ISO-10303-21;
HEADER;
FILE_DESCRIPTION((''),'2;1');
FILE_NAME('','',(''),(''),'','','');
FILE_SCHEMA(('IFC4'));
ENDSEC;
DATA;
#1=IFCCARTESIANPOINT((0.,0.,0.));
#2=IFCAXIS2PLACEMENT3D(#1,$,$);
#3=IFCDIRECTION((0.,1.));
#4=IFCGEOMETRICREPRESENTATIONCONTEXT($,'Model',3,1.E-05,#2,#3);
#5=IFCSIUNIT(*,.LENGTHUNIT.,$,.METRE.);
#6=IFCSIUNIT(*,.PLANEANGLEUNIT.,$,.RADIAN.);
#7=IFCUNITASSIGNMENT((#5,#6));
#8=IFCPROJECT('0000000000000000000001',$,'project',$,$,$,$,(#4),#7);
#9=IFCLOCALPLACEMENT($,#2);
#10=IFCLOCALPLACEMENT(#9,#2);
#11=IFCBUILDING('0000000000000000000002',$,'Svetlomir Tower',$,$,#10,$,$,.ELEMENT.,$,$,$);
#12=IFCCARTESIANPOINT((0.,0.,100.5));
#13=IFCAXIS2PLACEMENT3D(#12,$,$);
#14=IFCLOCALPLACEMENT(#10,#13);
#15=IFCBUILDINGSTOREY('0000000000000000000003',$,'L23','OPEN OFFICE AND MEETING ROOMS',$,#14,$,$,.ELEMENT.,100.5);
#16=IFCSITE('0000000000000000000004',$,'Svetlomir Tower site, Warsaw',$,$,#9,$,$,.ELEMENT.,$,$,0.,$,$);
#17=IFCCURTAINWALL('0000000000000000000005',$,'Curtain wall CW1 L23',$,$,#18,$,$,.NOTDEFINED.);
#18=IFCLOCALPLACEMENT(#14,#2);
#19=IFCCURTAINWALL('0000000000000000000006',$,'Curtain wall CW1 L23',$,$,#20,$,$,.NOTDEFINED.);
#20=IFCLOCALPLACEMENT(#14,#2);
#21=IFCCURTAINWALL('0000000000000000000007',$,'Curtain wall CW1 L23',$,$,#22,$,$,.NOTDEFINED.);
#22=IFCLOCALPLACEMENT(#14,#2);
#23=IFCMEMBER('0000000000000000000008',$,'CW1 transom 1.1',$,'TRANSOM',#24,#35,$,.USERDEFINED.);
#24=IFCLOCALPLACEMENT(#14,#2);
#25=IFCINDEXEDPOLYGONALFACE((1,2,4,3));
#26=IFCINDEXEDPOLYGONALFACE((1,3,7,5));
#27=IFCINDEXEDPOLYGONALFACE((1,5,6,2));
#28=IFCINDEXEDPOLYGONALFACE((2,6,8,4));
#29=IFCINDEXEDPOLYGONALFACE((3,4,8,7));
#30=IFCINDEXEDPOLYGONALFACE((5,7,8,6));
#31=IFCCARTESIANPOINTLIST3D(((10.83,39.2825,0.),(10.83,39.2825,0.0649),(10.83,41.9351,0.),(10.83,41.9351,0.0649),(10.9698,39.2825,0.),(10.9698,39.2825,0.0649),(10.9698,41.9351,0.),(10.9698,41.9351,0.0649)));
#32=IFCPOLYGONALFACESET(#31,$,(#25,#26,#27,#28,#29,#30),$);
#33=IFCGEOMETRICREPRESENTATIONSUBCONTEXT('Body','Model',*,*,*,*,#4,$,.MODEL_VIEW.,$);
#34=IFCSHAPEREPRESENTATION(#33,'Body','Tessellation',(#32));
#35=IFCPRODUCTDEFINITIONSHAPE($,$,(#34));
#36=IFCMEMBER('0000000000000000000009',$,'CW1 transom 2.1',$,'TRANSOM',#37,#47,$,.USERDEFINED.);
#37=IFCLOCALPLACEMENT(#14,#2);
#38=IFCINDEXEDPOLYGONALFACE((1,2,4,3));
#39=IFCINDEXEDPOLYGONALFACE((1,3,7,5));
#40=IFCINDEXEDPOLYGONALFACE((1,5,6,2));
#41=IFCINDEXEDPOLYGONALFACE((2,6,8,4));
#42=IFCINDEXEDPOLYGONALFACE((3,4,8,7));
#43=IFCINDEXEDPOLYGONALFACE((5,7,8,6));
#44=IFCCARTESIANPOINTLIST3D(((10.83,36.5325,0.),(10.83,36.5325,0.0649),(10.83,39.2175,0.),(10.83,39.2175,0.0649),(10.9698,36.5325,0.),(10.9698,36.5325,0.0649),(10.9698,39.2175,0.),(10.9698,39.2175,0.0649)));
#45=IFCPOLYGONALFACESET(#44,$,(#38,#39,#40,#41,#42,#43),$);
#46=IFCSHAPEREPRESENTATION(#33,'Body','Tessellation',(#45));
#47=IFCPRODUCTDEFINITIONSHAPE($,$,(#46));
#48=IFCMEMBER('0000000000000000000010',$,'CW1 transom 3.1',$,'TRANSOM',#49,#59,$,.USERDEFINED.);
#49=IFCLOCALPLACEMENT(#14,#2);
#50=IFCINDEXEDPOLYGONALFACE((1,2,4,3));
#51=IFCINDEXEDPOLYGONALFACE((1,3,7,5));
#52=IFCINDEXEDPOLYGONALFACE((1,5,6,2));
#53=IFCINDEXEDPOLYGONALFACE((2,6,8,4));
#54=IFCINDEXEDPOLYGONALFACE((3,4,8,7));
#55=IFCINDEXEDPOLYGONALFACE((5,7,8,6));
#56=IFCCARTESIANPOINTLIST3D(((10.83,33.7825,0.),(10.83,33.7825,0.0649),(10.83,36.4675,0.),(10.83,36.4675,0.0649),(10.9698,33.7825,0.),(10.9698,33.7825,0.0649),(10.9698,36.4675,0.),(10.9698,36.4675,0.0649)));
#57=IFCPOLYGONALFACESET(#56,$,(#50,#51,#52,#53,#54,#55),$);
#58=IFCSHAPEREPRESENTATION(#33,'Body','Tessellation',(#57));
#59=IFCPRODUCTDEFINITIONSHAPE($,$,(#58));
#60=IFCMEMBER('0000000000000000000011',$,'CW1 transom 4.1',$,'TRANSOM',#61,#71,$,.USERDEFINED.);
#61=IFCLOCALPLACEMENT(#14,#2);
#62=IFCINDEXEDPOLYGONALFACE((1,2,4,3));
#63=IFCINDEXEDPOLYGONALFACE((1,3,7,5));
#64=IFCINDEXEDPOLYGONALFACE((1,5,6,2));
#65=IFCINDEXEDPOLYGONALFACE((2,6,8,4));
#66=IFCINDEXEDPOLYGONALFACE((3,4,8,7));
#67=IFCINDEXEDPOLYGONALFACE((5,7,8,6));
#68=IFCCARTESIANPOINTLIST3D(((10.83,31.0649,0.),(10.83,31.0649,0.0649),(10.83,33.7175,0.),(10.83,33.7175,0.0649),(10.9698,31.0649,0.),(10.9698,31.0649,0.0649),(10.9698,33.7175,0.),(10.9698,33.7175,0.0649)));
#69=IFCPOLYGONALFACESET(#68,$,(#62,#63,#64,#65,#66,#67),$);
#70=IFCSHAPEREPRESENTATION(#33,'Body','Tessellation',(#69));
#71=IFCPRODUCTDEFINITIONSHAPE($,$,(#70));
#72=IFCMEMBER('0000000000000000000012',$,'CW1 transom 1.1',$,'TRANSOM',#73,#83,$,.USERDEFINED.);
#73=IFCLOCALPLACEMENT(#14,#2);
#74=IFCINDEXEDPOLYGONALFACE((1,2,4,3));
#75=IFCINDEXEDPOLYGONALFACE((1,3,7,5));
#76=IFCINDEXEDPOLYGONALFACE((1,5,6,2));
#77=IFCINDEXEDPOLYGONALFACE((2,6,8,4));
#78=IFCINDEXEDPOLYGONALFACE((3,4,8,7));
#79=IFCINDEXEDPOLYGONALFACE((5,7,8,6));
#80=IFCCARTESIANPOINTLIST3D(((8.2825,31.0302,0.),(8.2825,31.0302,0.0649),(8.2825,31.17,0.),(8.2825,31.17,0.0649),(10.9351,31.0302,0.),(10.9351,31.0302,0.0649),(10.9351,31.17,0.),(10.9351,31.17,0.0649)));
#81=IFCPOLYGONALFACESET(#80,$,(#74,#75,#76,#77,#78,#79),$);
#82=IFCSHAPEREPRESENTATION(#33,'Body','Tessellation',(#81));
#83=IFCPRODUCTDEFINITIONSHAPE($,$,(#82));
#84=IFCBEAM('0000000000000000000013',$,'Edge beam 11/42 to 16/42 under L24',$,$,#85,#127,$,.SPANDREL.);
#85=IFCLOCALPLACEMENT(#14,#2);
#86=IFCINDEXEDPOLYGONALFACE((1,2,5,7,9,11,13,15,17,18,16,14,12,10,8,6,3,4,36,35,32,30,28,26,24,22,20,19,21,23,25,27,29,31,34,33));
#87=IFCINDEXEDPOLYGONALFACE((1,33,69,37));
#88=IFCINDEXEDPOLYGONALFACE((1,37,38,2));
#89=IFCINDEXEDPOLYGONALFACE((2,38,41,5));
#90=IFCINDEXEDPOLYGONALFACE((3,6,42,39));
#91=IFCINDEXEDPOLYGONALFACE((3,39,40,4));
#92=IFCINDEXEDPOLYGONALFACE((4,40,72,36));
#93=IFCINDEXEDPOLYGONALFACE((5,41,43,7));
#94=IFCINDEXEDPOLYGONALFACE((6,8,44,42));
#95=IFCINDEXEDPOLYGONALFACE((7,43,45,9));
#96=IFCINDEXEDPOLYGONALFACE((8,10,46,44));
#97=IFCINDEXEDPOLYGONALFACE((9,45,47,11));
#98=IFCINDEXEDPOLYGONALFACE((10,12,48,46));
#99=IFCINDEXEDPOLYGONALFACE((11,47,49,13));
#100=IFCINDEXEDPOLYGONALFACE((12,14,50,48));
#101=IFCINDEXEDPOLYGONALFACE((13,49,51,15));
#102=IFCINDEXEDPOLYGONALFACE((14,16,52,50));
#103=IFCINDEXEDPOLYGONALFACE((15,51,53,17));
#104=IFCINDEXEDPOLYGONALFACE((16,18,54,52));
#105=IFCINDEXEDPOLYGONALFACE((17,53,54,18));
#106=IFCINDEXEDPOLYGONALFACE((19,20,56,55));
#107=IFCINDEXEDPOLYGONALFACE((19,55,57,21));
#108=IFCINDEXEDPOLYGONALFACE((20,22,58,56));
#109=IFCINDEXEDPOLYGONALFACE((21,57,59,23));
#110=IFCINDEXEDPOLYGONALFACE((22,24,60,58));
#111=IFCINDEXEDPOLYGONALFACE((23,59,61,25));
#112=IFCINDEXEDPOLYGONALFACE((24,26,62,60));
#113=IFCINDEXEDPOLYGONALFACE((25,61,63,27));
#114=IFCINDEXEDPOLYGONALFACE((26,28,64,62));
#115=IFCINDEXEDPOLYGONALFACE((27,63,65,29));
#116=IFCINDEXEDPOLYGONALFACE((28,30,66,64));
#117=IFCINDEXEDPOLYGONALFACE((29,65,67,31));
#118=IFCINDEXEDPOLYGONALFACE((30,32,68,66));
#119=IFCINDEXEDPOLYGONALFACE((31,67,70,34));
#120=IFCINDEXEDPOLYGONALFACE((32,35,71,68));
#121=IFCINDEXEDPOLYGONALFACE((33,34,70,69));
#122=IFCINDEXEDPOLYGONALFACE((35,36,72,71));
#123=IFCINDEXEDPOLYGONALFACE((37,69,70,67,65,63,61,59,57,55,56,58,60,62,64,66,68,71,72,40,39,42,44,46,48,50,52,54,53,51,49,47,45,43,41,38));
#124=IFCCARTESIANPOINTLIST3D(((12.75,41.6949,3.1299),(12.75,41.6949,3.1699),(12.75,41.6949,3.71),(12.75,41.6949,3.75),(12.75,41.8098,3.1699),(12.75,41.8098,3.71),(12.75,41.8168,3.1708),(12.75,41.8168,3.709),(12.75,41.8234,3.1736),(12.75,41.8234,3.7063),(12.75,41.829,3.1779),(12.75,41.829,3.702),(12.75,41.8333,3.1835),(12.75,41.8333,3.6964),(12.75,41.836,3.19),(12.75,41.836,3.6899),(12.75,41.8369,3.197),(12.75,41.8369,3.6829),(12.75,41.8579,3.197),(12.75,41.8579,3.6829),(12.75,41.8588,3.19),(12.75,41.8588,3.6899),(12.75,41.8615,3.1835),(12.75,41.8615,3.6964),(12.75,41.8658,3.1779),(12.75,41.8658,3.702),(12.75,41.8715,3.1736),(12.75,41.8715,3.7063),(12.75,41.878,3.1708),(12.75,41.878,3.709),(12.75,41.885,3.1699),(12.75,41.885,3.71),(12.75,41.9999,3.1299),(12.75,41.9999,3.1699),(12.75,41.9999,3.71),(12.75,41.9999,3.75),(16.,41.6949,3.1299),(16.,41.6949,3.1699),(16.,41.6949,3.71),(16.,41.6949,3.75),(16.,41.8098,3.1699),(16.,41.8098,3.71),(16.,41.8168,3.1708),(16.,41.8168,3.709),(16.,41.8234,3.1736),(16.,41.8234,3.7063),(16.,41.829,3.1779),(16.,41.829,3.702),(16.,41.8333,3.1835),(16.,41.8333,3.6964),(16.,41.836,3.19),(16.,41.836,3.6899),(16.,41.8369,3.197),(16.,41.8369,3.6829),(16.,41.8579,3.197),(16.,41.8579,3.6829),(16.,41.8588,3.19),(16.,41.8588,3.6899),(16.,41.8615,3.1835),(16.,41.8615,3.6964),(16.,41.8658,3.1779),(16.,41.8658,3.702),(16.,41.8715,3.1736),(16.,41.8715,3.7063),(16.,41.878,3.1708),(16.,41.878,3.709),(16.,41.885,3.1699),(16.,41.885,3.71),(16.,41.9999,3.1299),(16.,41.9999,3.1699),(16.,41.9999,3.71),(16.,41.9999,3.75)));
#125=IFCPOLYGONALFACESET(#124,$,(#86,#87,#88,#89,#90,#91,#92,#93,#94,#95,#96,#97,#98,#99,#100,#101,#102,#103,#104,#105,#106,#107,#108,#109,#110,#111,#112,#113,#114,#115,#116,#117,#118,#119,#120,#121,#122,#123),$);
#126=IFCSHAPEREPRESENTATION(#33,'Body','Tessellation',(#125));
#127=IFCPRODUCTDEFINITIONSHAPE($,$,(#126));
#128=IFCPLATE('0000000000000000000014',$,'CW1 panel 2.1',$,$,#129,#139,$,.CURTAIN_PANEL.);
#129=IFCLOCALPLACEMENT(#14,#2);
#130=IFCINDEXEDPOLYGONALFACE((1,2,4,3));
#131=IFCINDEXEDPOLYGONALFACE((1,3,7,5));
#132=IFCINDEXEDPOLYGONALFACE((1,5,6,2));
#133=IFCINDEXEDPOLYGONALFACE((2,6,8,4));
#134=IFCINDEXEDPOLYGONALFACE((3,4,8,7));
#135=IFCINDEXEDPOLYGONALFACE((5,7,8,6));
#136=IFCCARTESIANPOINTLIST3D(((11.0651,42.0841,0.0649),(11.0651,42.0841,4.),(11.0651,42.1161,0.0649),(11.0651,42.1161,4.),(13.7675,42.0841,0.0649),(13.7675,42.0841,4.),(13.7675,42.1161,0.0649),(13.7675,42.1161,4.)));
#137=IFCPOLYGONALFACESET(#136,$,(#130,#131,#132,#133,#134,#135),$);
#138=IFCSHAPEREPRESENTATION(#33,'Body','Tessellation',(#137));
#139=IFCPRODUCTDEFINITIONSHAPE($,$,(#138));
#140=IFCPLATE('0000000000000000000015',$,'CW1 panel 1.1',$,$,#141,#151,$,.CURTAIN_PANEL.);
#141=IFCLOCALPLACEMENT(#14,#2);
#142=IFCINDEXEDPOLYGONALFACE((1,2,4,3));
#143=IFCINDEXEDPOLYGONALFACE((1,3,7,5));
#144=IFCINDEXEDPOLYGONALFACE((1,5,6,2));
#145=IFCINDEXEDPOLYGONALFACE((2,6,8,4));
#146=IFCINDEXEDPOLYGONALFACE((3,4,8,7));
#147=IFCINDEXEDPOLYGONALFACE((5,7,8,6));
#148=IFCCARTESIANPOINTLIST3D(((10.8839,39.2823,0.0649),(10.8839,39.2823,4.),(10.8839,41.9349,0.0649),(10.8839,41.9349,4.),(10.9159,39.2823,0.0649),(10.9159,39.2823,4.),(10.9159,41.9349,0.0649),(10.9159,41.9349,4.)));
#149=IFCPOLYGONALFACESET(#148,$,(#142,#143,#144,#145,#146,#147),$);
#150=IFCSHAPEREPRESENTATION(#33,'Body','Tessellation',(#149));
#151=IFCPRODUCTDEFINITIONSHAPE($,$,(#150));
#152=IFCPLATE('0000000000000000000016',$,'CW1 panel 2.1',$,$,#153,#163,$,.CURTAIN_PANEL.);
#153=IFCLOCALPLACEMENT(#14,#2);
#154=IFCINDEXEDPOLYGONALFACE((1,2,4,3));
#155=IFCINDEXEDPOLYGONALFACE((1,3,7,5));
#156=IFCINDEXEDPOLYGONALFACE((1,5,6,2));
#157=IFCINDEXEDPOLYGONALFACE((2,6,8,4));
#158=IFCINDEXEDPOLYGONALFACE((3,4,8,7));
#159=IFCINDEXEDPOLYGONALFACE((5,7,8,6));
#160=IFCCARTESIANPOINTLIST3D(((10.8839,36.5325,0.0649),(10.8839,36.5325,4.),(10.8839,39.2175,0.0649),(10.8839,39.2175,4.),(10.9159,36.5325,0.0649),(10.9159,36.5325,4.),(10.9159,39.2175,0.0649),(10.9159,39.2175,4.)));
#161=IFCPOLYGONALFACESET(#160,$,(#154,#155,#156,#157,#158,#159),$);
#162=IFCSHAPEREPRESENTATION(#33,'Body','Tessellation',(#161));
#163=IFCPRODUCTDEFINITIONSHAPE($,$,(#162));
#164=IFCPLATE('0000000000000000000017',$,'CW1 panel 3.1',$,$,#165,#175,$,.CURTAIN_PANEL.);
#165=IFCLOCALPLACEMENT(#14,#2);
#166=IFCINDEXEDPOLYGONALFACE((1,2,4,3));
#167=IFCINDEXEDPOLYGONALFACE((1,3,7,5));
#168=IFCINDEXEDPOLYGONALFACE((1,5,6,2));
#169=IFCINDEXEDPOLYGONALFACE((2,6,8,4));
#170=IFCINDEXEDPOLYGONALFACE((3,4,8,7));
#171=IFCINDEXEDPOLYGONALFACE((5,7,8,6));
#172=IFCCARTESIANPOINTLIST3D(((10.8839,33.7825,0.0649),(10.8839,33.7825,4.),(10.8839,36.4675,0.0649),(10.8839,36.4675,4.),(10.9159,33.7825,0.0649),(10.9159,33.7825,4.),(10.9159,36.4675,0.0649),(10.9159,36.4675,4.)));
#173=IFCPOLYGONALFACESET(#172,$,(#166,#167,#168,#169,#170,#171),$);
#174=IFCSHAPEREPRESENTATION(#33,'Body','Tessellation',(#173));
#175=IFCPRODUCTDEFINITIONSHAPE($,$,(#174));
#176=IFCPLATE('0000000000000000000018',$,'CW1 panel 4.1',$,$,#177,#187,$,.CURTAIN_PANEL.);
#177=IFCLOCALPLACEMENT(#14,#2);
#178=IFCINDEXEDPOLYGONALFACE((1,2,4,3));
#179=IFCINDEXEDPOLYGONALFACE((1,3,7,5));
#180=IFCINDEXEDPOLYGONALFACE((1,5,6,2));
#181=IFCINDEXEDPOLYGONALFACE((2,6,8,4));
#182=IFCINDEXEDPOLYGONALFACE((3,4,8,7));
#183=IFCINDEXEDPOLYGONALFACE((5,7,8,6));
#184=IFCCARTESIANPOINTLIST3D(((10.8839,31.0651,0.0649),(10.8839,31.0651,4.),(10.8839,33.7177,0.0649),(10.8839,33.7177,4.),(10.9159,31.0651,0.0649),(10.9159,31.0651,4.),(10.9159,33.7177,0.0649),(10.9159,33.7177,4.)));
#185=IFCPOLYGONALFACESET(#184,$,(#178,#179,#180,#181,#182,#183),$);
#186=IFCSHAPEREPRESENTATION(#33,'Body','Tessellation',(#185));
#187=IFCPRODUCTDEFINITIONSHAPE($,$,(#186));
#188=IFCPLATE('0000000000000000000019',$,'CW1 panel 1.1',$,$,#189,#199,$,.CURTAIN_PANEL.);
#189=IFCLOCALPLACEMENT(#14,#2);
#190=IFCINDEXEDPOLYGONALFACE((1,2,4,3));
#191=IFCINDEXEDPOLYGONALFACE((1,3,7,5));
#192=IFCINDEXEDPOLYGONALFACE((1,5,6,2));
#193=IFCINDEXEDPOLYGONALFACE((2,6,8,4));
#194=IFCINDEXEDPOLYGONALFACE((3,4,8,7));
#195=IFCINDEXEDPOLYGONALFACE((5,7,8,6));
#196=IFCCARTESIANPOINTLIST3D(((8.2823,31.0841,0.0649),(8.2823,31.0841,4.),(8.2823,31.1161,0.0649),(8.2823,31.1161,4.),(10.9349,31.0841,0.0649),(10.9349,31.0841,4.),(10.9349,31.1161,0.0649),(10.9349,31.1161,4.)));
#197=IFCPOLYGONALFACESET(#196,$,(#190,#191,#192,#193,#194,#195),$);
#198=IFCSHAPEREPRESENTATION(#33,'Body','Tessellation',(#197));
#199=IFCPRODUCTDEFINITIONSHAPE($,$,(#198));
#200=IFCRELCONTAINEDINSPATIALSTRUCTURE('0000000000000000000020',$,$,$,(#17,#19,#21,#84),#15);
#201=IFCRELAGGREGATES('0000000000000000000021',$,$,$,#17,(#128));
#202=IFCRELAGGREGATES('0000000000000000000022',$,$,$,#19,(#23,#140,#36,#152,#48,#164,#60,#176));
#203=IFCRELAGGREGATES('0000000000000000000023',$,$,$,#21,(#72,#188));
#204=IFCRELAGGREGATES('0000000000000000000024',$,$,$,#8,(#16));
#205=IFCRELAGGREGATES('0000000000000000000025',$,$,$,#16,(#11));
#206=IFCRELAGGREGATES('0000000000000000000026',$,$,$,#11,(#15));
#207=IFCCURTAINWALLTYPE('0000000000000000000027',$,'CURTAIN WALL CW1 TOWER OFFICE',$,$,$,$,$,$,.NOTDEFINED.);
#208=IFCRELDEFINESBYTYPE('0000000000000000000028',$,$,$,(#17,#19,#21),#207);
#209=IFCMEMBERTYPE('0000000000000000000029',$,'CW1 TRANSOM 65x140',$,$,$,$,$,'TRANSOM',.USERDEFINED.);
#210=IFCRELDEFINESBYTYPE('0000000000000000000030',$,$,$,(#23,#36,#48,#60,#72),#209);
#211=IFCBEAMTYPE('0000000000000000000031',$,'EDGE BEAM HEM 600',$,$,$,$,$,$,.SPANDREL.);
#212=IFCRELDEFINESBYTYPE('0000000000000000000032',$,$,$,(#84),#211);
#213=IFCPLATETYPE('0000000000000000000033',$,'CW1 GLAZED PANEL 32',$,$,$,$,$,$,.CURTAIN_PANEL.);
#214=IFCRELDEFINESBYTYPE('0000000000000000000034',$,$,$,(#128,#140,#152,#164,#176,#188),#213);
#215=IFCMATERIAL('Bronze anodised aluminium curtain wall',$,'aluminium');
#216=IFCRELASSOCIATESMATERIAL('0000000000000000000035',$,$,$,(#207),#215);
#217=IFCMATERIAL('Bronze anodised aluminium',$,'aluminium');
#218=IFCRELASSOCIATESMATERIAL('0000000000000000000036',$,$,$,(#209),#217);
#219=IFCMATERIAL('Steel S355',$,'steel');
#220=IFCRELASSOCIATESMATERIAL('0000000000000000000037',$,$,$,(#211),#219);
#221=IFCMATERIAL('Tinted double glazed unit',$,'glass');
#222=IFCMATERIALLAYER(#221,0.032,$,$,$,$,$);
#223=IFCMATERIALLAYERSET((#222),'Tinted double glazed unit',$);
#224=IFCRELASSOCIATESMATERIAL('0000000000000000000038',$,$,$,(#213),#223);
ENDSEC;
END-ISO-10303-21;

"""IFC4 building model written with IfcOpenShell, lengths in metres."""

from ifc_helpers import new_model, si_unit, direction, frame, origin, origin_2d, place, context, subcontext, project, spatial, rectangle, i_section, extrude, material, layer, layer_set, material_profile, profile_set, type_object, element, aggregate, save


model = new_model("IFC4")

# Units and contexts
model_context = context("Model", 3, precision=1e-05, world=origin(), true_north=direction((0.0, 1.0)))
body_context = subcontext(model_context, "Body", "Model", "MODEL_VIEW")
ifc_project = project(units=[si_unit("LENGTHUNIT", "METRE"), si_unit("PLANEANGLEUNIT", "RADIAN")], contexts=[model_context])

# Site, building, storey
site_placement = place(None, origin())
site = spatial("IfcSite", under=ifc_project, at=site_placement, Name="Svetlomir Tower site, Warsaw", CompositionType="ELEMENT", RefElevation=0.0)
building_placement = place(site_placement, origin())
building = spatial("IfcBuilding", under=site, at=building_placement, Name="Svetlomir Tower", CompositionType="ELEMENT")
storey_placement = place(building_placement, frame((0.0, 0.0, 100.5)))
storey = spatial("IfcBuildingStorey", under=building, at=storey_placement, Name="L23", Description="OPEN OFFICE AND MEETING ROOMS", CompositionType="ELEMENT", Elevation=100.5)

# Curtain wall
ifc_material_1 = material(Name="Bronze anodised aluminium curtain wall", Category="aluminium")
curtain_wall_type = type_object("IfcCurtainWallType", Name="CURTAIN WALL CW1 TOWER OFFICE", PredefinedType="NOTDEFINED", material=ifc_material_1)
curtain_wall_1_placement = place(storey_placement, origin())
curtain_wall_1 = element("IfcCurtainWall", 1, at=curtain_wall_1_placement, inside=storey, type_object=curtain_wall_type, Name="Curtain wall CW1 L23", PredefinedType="NOTDEFINED")

# Curtain walls
curtain_wall_2_placement = place(storey_placement, origin())
curtain_wall_2 = element("IfcCurtainWall", 2, at=curtain_wall_2_placement, inside=storey, type_object=curtain_wall_type, Name="Curtain wall CW1 L23", PredefinedType="NOTDEFINED")
curtain_wall_3_placement = place(storey_placement, origin())
curtain_wall_3 = element("IfcCurtainWall", 3, at=curtain_wall_3_placement, inside=storey, type_object=curtain_wall_type, Name="Curtain wall CW1 L23", PredefinedType="NOTDEFINED")

# Members
ifc_material_2 = material(Name="Bronze anodised aluminium", Category="aluminium")
ifc_material_profile_1 = material_profile(ifc_material_2, rectangle(XDim=0.1399, YDim=0.0649, at=origin_2d()), Name="AL 140x65")
ifc_profile_set_1 = profile_set([ifc_material_profile_1], Name="Bronze anodised aluminium 6063-T6")
member_type_1 = type_object("IfcMemberType", Name="CW1 TRANSOM 65x140", ElementType="TRANSOM", PredefinedType="USERDEFINED", material=ifc_profile_set_1)
member_1_placement = place(storey_placement, frame((10.8999, 41.9351, 0.0325), z_axis=(0.0, -1.0, 0.0), x_axis=(1.0, 0.0, 0.0)))
member_1 = element("IfcMember", 4, at=member_1_placement, type_object=member_type_1, Name="CW1 transom 1.1", ObjectType="TRANSOM", PredefinedType="USERDEFINED", context=body_context, shape_type="SweptSolid", body=[
    extrude(rectangle(XDim=0.1399, YDim=0.0649, at=origin_2d()), origin(), (0.0, 0.0, 1.0), 2.6526),
])
member_2_placement = place(storey_placement, frame((10.8999, 39.2175, 0.0325), z_axis=(0.0, -1.0, 0.0), x_axis=(1.0, 0.0, 0.0)))
member_2 = element("IfcMember", 5, at=member_2_placement, type_object=member_type_1, Name="CW1 transom 2.1", ObjectType="TRANSOM", PredefinedType="USERDEFINED", context=body_context, shape_type="SweptSolid", body=[
    extrude(rectangle(XDim=0.1399, YDim=0.0649, at=origin_2d()), origin(), (0.0, 0.0, 1.0), 2.6851),
])
member_3_placement = place(storey_placement, frame((10.8999, 36.4675, 0.0325), z_axis=(0.0, -1.0, 0.0), x_axis=(1.0, 0.0, 0.0)))
member_3 = element("IfcMember", 6, at=member_3_placement, type_object=member_type_1, Name="CW1 transom 3.1", ObjectType="TRANSOM", PredefinedType="USERDEFINED", context=body_context, shape_type="SweptSolid", body=[
    extrude(rectangle(XDim=0.1399, YDim=0.0649, at=origin_2d()), origin(), (0.0, 0.0, 1.0), 2.6851),
])
member_4_placement = place(storey_placement, frame((10.8999, 33.7175, 0.0325), z_axis=(0.0, -1.0, 0.0), x_axis=(1.0, 0.0, 0.0)))
member_4 = element("IfcMember", 7, at=member_4_placement, type_object=member_type_1, Name="CW1 transom 4.1", ObjectType="TRANSOM", PredefinedType="USERDEFINED", context=body_context, shape_type="SweptSolid", body=[
    extrude(rectangle(XDim=0.1399, YDim=0.0649, at=origin_2d()), origin(), (0.0, 0.0, 1.0), 2.6526),
])
member_5_placement = place(storey_placement, frame((10.9351, 31.1001, 0.0325), z_axis=(-1.0, 0.0, 0.0), x_axis=(0.0, -1.0, 0.0)))
member_5 = element("IfcMember", 8, at=member_5_placement, type_object=member_type_1, Name="CW1 transom 1.1", ObjectType="TRANSOM", PredefinedType="USERDEFINED", context=body_context, shape_type="SweptSolid", body=[
    extrude(rectangle(XDim=0.1399, YDim=0.0649, at=origin_2d()), origin(), (0.0, 0.0, 1.0), 2.6526),
])

# Beam
ifc_material_3 = material(Name="Steel S355", Category="steel")
ifc_material_profile_2 = material_profile(ifc_material_3, i_section(OverallWidth=0.3049, OverallDepth=0.6201, WebThickness=0.021, FlangeThickness=0.04, FilletRadius=0.0271, at=origin_2d()), Name="HEM 600")
ifc_profile_set_2 = profile_set([ifc_material_profile_2], Name="Steel S355")
beam_type = type_object("IfcBeamType", Name="EDGE BEAM HEM 600", PredefinedType="SPANDREL", material=ifc_profile_set_2)
beam_placement = place(storey_placement, frame((12.75, 41.8474, 3.4399), z_axis=(1.0, 0.0, 0.0), x_axis=(0.0, 1.0, 0.0)))
element("IfcBeam", 9, at=beam_placement, inside=storey, type_object=beam_type, Name="Edge beam 11/42 to 16/42 under L24", PredefinedType="SPANDREL", context=body_context, shape_type="SweptSolid", body=[
    extrude(i_section(OverallWidth=0.3049, OverallDepth=0.6201, WebThickness=0.021, FlangeThickness=0.04, FilletRadius=0.0271, at=origin_2d()), origin(), (0.0, 0.0, 1.0), 3.25),
])

# Plates
ifc_material_4 = material(Name="Tinted double glazed unit", Category="glass")
ifc_layer_1 = layer(ifc_material_4, 0.032)
ifc_layer_set_1 = layer_set([ifc_layer_1], Name="Tinted double glazed unit")
plate_type = type_object("IfcPlateType", Name="CW1 GLAZED PANEL 32", PredefinedType="CURTAIN_PANEL", material=ifc_layer_set_1)
plate_1_placement = place(storey_placement, frame((12.4163, 42.1001, 0.0649), z_axis=(0.0, 0.0, 1.0), x_axis=(-1.0, 0.0, 0.0)))
plate_1 = element("IfcPlate", 10, at=plate_1_placement, type_object=plate_type, Name="CW1 panel 2.1", PredefinedType="CURTAIN_PANEL", context=body_context, shape_type="SweptSolid", body=[
    extrude(rectangle(XDim=2.7024, YDim=0.032, at=origin_2d()), origin(), (0.0, 0.0, 1.0), 3.9351),
])
aggregate(curtain_wall_1, [plate_1])
plate_2_placement = place(storey_placement, frame((10.8999, 40.6086, 0.0649), z_axis=(0.0, 0.0, 1.0), x_axis=(0.0, -1.0, 0.0)))
plate_2 = element("IfcPlate", 11, at=plate_2_placement, type_object=plate_type, Name="CW1 panel 1.1", PredefinedType="CURTAIN_PANEL", context=body_context, shape_type="SweptSolid", body=[
    extrude(rectangle(XDim=2.6526, YDim=0.032, at=origin_2d()), origin(), (0.0, 0.0, 1.0), 3.9351),
])
plate_3_placement = place(storey_placement, frame((10.8999, 37.875, 0.0649), z_axis=(0.0, 0.0, 1.0), x_axis=(0.0, -1.0, 0.0)))
plate_3 = element("IfcPlate", 12, at=plate_3_placement, type_object=plate_type, Name="CW1 panel 2.1", PredefinedType="CURTAIN_PANEL", context=body_context, shape_type="SweptSolid", body=[
    extrude(rectangle(XDim=2.6851, YDim=0.032, at=origin_2d()), origin(), (0.0, 0.0, 1.0), 3.9351),
])
plate_4_placement = place(storey_placement, frame((10.8999, 35.125, 0.0649), z_axis=(0.0, 0.0, 1.0), x_axis=(0.0, -1.0, 0.0)))
plate_4 = element("IfcPlate", 13, at=plate_4_placement, type_object=plate_type, Name="CW1 panel 3.1", PredefinedType="CURTAIN_PANEL", context=body_context, shape_type="SweptSolid", body=[
    extrude(rectangle(XDim=2.6851, YDim=0.032, at=origin_2d()), origin(), (0.0, 0.0, 1.0), 3.9351),
])
plate_5_placement = place(storey_placement, frame((10.8999, 32.3914, 0.0649), z_axis=(0.0, 0.0, 1.0), x_axis=(0.0, -1.0, 0.0)))
plate_5 = element("IfcPlate", 14, at=plate_5_placement, type_object=plate_type, Name="CW1 panel 4.1", PredefinedType="CURTAIN_PANEL", context=body_context, shape_type="SweptSolid", body=[
    extrude(rectangle(XDim=2.6526, YDim=0.032, at=origin_2d()), origin(), (0.0, 0.0, 1.0), 3.9351),
])
aggregate(curtain_wall_2, [member_1, plate_2, member_2, plate_3, member_3, plate_4, member_4, plate_5])
plate_6_placement = place(storey_placement, frame((9.6086, 31.1001, 0.0649), z_axis=(0.0, 0.0, 1.0), x_axis=(-1.0, 0.0, 0.0)))
plate_6 = element("IfcPlate", 15, at=plate_6_placement, type_object=plate_type, Name="CW1 panel 1.1", PredefinedType="CURTAIN_PANEL", context=body_context, shape_type="SweptSolid", body=[
    extrude(rectangle(XDim=2.6526, YDim=0.032, at=origin_2d()), origin(), (0.0, 0.0, 1.0), 3.9351),
])
aggregate(curtain_wall_3, [member_5, plate_6])

save(model, "model.ifc")
